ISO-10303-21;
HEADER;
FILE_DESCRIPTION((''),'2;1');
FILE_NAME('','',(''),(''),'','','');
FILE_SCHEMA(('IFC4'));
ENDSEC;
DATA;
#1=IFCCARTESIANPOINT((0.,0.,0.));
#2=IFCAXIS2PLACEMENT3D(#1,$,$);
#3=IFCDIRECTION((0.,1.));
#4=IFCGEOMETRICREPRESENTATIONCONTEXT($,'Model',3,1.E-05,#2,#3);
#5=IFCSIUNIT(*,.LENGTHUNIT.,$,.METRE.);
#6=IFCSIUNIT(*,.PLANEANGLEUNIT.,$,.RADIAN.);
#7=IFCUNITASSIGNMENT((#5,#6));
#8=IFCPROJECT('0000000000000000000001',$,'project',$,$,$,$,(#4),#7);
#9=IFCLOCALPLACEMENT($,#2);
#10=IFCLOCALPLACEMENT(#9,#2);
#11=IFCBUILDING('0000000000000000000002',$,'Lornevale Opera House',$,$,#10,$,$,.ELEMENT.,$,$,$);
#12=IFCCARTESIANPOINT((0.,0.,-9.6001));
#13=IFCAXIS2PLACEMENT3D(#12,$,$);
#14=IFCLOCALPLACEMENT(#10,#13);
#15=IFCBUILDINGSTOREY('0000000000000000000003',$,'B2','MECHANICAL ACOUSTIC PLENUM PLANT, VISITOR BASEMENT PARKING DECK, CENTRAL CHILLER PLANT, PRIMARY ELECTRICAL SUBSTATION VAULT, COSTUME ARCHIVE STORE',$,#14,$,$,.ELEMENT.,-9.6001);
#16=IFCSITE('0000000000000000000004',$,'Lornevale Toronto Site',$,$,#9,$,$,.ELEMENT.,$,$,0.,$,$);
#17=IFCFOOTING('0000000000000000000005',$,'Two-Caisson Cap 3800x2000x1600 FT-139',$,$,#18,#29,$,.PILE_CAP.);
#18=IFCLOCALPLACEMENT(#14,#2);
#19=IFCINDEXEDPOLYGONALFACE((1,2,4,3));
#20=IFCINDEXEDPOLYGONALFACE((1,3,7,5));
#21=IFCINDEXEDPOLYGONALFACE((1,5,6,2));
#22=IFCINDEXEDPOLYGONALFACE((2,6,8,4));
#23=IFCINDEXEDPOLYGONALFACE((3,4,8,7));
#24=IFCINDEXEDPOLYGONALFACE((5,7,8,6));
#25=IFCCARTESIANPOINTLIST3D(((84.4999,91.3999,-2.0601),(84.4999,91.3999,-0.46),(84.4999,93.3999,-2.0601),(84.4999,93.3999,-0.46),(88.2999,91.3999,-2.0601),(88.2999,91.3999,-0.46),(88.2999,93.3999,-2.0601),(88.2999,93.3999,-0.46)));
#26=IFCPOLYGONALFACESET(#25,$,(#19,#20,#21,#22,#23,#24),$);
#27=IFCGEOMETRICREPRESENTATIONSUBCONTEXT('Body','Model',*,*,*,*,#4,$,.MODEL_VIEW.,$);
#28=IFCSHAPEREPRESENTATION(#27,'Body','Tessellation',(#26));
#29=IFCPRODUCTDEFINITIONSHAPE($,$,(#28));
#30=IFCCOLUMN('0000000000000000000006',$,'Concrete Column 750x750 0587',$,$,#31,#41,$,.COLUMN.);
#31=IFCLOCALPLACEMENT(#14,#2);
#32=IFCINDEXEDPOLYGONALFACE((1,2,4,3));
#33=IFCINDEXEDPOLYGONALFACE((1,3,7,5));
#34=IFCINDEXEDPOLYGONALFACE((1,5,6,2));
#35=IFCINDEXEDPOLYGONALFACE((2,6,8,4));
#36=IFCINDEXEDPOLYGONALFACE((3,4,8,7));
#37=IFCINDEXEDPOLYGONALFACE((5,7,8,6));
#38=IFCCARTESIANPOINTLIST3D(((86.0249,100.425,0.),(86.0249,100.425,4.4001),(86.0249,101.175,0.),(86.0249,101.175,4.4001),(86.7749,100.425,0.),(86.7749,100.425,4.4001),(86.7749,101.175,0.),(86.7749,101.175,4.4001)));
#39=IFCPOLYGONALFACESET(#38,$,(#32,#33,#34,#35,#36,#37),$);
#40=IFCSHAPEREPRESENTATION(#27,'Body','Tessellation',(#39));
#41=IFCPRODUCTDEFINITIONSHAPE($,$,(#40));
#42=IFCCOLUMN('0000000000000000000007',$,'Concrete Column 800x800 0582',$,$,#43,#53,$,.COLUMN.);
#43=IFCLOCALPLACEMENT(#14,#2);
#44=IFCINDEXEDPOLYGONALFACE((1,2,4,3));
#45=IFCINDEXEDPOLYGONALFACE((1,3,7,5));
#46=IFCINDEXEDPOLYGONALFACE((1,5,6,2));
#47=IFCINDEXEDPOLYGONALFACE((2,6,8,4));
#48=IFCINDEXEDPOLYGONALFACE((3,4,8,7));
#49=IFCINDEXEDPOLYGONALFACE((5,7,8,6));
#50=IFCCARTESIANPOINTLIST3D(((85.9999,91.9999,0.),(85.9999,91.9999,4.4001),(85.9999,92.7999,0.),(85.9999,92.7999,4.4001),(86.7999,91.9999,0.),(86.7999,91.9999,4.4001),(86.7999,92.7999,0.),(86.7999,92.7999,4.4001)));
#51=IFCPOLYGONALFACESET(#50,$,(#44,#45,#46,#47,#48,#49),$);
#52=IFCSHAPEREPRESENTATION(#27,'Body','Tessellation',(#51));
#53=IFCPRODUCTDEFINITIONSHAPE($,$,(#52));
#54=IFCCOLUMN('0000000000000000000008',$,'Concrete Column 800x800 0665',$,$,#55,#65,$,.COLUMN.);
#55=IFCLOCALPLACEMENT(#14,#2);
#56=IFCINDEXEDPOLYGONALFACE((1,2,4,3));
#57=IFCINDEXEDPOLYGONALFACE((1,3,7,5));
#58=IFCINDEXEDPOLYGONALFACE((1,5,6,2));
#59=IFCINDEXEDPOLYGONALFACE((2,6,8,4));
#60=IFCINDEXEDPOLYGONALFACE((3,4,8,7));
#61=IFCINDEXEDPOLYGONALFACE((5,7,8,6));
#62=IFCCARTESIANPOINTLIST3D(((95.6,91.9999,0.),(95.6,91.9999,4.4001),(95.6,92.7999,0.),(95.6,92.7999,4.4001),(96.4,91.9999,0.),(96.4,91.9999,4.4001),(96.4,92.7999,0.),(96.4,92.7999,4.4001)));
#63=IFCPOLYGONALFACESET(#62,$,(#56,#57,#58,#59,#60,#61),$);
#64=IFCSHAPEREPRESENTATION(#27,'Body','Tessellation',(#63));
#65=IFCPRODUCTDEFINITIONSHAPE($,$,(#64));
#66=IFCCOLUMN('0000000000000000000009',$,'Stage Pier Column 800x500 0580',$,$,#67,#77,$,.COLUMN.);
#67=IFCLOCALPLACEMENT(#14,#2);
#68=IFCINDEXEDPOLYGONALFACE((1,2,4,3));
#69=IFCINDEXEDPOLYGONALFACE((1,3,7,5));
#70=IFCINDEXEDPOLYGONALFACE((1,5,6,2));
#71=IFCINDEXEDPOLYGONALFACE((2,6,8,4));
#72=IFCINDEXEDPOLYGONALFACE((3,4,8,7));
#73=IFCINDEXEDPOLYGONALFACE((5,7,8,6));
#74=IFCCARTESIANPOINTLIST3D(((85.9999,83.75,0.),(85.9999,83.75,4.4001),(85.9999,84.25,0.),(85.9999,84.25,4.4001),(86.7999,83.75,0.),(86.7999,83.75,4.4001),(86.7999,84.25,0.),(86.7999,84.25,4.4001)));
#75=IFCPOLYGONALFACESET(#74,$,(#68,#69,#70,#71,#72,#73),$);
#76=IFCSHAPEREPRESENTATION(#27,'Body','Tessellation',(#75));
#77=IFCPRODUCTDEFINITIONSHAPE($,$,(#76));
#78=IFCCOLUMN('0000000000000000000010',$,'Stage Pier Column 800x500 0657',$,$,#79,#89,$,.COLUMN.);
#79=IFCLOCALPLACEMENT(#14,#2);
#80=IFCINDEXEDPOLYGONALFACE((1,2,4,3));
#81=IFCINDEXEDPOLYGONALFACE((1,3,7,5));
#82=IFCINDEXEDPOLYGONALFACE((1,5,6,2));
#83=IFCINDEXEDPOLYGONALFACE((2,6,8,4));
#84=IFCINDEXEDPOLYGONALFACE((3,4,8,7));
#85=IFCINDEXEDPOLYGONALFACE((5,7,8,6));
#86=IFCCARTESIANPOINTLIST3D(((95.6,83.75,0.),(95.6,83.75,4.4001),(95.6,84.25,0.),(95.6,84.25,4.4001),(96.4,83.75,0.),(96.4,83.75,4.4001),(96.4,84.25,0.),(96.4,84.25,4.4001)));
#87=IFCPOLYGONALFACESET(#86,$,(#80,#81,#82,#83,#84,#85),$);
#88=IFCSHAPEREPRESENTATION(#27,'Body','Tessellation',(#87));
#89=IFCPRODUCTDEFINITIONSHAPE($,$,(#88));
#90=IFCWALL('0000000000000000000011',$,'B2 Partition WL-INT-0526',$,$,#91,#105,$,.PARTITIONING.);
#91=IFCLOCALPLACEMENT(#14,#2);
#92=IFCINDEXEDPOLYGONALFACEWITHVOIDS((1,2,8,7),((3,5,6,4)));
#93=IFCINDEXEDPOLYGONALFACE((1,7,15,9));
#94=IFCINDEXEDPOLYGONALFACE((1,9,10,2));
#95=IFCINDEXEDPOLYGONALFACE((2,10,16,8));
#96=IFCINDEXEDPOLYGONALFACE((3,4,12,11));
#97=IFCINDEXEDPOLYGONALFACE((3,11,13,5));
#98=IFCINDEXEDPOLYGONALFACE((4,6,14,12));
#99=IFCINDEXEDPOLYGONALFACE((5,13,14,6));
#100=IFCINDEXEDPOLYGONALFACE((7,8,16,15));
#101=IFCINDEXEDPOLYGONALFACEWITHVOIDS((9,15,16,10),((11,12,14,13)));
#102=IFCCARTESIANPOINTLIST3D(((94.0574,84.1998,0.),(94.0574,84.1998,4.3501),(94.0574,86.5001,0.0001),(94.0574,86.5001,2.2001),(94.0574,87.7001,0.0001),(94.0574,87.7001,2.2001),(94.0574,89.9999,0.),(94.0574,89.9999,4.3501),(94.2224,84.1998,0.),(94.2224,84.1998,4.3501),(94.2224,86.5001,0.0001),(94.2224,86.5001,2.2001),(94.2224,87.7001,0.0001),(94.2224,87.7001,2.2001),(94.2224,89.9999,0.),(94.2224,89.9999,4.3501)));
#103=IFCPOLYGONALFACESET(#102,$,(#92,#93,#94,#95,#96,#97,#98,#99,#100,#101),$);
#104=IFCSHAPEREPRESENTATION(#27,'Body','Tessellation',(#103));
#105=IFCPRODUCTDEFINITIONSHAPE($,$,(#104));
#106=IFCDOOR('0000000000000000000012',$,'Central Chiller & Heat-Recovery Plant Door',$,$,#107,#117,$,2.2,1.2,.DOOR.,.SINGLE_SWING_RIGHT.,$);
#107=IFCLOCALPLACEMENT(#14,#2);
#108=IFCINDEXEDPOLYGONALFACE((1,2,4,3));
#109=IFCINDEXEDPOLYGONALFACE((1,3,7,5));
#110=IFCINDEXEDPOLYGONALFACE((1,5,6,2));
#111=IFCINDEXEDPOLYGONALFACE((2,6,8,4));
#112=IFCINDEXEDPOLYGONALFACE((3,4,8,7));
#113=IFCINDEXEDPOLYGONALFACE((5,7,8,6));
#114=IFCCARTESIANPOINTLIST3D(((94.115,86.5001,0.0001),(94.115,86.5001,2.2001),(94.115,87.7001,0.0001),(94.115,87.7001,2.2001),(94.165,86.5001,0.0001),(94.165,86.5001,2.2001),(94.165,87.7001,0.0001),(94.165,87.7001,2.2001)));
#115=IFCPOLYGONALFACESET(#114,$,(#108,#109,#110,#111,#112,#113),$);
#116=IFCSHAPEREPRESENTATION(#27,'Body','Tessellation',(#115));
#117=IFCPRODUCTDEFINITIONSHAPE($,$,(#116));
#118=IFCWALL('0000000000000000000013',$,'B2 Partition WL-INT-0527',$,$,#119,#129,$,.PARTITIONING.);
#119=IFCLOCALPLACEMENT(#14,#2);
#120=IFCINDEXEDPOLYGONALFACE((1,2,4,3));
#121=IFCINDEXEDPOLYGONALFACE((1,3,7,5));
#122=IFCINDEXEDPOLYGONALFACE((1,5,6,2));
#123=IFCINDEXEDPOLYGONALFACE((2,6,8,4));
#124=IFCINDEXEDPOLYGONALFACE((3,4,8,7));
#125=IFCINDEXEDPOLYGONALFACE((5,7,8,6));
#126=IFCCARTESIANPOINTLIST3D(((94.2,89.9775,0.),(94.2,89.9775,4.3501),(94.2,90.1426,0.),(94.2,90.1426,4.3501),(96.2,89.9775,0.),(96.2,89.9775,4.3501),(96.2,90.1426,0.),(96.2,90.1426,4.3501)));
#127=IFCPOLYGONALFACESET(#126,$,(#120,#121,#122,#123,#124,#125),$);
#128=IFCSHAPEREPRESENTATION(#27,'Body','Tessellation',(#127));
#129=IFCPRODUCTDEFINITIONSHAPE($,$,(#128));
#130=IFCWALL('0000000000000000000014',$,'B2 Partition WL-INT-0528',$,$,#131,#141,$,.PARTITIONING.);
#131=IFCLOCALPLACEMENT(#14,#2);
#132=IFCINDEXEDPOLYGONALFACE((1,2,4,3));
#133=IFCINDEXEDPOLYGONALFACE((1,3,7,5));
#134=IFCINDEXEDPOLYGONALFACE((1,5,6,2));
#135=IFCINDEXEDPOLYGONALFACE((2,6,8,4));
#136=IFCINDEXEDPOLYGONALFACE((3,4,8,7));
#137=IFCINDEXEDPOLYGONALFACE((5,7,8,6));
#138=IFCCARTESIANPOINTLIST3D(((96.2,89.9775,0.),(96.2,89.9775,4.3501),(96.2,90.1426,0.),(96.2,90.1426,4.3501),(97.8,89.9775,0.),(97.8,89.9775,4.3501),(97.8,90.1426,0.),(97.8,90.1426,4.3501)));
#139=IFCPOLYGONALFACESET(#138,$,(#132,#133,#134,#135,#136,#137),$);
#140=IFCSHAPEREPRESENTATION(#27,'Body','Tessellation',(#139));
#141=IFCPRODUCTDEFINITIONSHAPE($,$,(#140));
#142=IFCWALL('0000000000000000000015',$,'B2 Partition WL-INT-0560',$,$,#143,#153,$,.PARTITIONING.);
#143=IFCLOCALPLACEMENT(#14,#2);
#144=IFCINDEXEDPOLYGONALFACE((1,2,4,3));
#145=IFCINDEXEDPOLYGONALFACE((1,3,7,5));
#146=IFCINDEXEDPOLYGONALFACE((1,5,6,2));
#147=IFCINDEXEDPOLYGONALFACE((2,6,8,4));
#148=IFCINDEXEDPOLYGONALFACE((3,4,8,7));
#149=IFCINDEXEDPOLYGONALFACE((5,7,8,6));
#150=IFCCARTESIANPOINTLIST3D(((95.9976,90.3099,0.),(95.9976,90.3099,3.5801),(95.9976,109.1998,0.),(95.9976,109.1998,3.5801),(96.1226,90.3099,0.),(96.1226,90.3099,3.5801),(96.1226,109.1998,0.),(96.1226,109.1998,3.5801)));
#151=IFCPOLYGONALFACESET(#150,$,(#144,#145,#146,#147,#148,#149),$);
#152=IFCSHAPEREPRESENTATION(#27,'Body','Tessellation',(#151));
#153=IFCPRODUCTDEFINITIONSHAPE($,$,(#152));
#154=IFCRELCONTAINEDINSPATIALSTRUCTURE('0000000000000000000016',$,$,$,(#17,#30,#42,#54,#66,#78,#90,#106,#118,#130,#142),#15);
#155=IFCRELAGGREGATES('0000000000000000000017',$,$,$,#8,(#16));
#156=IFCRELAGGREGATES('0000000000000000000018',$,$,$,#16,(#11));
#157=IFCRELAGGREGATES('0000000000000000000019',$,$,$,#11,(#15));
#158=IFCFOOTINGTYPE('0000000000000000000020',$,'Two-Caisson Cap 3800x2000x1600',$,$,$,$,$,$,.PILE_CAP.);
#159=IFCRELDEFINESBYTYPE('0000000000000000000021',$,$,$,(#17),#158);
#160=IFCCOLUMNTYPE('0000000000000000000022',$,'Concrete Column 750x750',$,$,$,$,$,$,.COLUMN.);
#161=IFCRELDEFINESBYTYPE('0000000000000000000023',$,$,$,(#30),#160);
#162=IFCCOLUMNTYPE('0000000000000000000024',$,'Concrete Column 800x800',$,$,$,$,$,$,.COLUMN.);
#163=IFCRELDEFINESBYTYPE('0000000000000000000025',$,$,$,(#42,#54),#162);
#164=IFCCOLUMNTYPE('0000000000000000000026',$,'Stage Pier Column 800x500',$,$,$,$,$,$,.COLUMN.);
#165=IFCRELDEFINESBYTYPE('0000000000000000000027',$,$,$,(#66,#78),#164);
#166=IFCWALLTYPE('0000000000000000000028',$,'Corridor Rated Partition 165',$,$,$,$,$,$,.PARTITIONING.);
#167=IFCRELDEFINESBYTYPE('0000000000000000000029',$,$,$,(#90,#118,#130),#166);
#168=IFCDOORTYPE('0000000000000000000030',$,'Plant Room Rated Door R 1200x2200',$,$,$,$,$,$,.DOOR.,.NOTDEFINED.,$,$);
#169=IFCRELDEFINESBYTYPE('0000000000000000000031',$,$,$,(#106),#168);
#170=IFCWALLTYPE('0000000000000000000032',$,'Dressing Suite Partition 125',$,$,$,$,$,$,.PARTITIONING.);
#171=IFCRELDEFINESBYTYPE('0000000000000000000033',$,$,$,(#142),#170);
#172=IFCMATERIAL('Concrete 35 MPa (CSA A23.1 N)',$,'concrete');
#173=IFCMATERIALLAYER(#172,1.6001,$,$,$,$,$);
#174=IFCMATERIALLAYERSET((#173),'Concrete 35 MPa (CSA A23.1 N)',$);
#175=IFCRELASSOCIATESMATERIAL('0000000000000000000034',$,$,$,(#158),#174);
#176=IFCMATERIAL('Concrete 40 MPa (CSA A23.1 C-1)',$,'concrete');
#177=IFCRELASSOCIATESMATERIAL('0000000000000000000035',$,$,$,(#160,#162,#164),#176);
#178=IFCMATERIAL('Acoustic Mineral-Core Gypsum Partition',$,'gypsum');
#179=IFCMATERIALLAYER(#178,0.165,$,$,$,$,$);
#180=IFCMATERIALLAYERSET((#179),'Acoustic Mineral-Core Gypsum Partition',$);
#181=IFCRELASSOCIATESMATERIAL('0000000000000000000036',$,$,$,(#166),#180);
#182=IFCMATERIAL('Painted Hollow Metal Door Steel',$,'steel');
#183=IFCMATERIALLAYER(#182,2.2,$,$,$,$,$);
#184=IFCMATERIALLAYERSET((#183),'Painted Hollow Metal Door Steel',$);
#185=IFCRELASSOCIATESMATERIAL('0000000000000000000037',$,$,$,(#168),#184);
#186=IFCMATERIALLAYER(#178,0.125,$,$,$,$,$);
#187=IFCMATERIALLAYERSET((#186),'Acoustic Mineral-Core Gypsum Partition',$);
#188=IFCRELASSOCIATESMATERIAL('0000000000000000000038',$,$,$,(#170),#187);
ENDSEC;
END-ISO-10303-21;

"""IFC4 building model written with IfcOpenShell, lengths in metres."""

from ifc_helpers import new_model, si_unit, direction, frame, frame_2d, origin, origin_2d, place, context, subcontext, project, spatial, rectangle, extrude, material, layer, layer_set, material_profile, profile_set, type_object, element, fill, save


model = new_model("IFC4")

# Units and contexts
model_context = context("Model", 3, precision=1e-05, world=origin(), true_north=direction((0.0, 1.0)))
body_context = subcontext(model_context, "Body", "Model", "MODEL_VIEW")
ifc_project = project(units=[si_unit("LENGTHUNIT", "METRE"), si_unit("PLANEANGLEUNIT", "RADIAN")], contexts=[model_context])

# Site, building, storey
site_placement = place(None, origin())
site = spatial("IfcSite", under=ifc_project, at=site_placement, Name="Lornevale Toronto Site", CompositionType="ELEMENT", RefElevation=0.0)
building_placement = place(site_placement, origin())
building = spatial("IfcBuilding", under=site, at=building_placement, Name="Lornevale Opera House", CompositionType="ELEMENT")
storey_placement = place(building_placement, frame((0.0, 0.0, -9.6001)))
storey = spatial("IfcBuildingStorey", under=building, at=storey_placement, Name="B2", Description="MECHANICAL ACOUSTIC PLENUM PLANT, VISITOR BASEMENT PARKING DECK, CENTRAL CHILLER PLANT, PRIMARY ELECTRICAL SUBSTATION VAULT, COSTUME ARCHIVE STORE", CompositionType="ELEMENT", Elevation=-9.6001)

# Shared definitions
ifc_material_1 = material(Name="Concrete 35 MPa (CSA A23.1 N)", Category="concrete")

# Shared definitions
ifc_material_2 = material(Name="Concrete 40 MPa (CSA A23.1 C-1)", Category="concrete")

# Footing
ifc_layer_1 = layer(ifc_material_1, 1.6001)
ifc_layer_set_1 = layer_set([ifc_layer_1], Name="Concrete 35 MPa (CSA A23.1 N)")
footing_type_1 = type_object("IfcFootingType", Name="Two-Caisson Cap 3800x2000x1600", PredefinedType="PILE_CAP", material=ifc_layer_set_1)
footing_1_placement = place(storey_placement, frame((86.3999, 92.3999, -2.0601), z_axis=(0.0, 0.0, 1.0), x_axis=(1.0, 0.0, 0.0)))
element("IfcFooting", 1, at=footing_1_placement, inside=storey, type_object=footing_type_1, Name="Two-Caisson Cap 3800x2000x1600 FT-139", PredefinedType="PILE_CAP", context=body_context, shape_type="SweptSolid", body=[
    extrude(rectangle(XDim=3.8, YDim=2.0, at=origin_2d()), origin(), (0.0, 0.0, 1.0), 1.6001),
])

# Columns
ifc_material_profile_1 = material_profile(ifc_material_2, rectangle(XDim=0.75, YDim=0.75, at=origin_2d()), Name="RC750x750")
ifc_profile_set_1 = profile_set([ifc_material_profile_1], Name="Concrete 40 MPa (CSA A23.1 C-1)")
column_type_1 = type_object("IfcColumnType", Name="Concrete Column 750x750", PredefinedType="COLUMN", material=ifc_profile_set_1)
column_placement = place(storey_placement, frame((86.3999, 100.8, 0.0), z_axis=(0.0, 0.0, 1.0), x_axis=(1.0, 0.0, 0.0)))
element("IfcColumn", 2, at=column_placement, inside=storey, type_object=column_type_1, Name="Concrete Column 750x750 0587", PredefinedType="COLUMN", context=body_context, shape_type="SweptSolid", body=[
    extrude(rectangle(XDim=0.75, YDim=0.75, at=origin_2d()), origin(), (0.0, 0.0, 1.0), 4.4001),
])
ifc_material_profile_2 = material_profile(ifc_material_2, rectangle(XDim=0.8, YDim=0.8, at=origin_2d()), Name="RC800x800")
ifc_profile_set_2 = profile_set([ifc_material_profile_2], Name="Concrete 40 MPa (CSA A23.1 C-1)")
column_type_2 = type_object("IfcColumnType", Name="Concrete Column 800x800", PredefinedType="COLUMN", material=ifc_profile_set_2)
for number, where, z_axis, x_axis, name in (
    (3, (86.3999, 92.3999, 0.0), (0.0, 0.0, 1.0), (1.0, 0.0, 0.0), "Concrete Column 800x800 0582"),
    (4, (96.0, 92.3999, 0.0), (0.0, 0.0, 1.0), (1.0, 0.0, 0.0), "Concrete Column 800x800 0665"),
):
    element("IfcColumn", number, at=place(storey_placement, frame(where, z_axis=z_axis, x_axis=x_axis)), inside=storey, type_object=column_type_2, Name=name, PredefinedType="COLUMN", context=body_context, shape_type="SweptSolid", body=[
        extrude(rectangle(XDim=0.8, YDim=0.8, at=origin_2d()), origin(), (0.0, 0.0, 1.0), 4.4001),
    ])
ifc_material_profile_3 = material_profile(ifc_material_2, rectangle(XDim=0.8, YDim=0.5, at=origin_2d()), Name="RC800x500")
ifc_profile_set_3 = profile_set([ifc_material_profile_3], Name="Concrete 40 MPa (CSA A23.1 C-1)")
column_type_3 = type_object("IfcColumnType", Name="Stage Pier Column 800x500", PredefinedType="COLUMN", material=ifc_profile_set_3)
for number, where, z_axis, x_axis, name in (
    (5, (86.3999, 84.0, 0.0), (0.0, 0.0, 1.0), (1.0, 0.0, 0.0), "Stage Pier Column 800x500 0580"),
    (6, (96.0, 84.0, 0.0), (0.0, 0.0, 1.0), (1.0, 0.0, 0.0), "Stage Pier Column 800x500 0657"),
):
    element("IfcColumn", number, at=place(storey_placement, frame(where, z_axis=z_axis, x_axis=x_axis)), inside=storey, type_object=column_type_3, Name=name, PredefinedType="COLUMN", context=body_context, shape_type="SweptSolid", body=[
        extrude(rectangle(XDim=0.8, YDim=0.5, at=origin_2d()), origin(), (0.0, 0.0, 1.0), 4.4001),
    ])

# Wall, opening, door
ifc_material_3 = material(Name="Acoustic Mineral-Core Gypsum Partition", Category="gypsum")
ifc_layer_2 = layer(ifc_material_3, 0.165)
ifc_layer_set_2 = layer_set([ifc_layer_2], Name="Acoustic Mineral-Core Gypsum Partition")
wall_type_1 = type_object("IfcWallType", Name="Corridor Rated Partition 165", PredefinedType="PARTITIONING", material=ifc_layer_set_2)
wall_1_placement = place(storey_placement, frame((94.1399, 84.2, 0.0), z_axis=(0.0, 0.0, 1.0), x_axis=(0.0, 1.0, 0.0)))
wall_1 = element("IfcWall", 7, at=wall_1_placement, inside=storey, type_object=wall_type_1, Name="B2 Partition WL-INT-0526", PredefinedType="PARTITIONING", context=body_context, shape_type="SweptSolid", body=[
    extrude(rectangle(XDim=5.8, YDim=0.165, at=frame_2d((2.8999, 0.0))), origin(), (0.0, 0.0, 1.0), 4.3501),
])
opening_placement = place(wall_1_placement, frame((2.3, 0.0, 0.0)))
opening = element("IfcOpeningElement", 8, at=opening_placement, cuts=wall_1, PredefinedType="OPENING", context=body_context, shape_type="SweptSolid", body=[
    extrude(rectangle(XDim=1.2, YDim=2.2, at=frame_2d((0.6001, 1.1001))), frame((0.0, 0.0925, 0.0), z_axis=(0.0, -1.0, 0.0), x_axis=(1.0, 0.0, 0.0)), (0.0, 0.0, 1.0), 0.1851),
])
ifc_material_4 = material(Name="Painted Hollow Metal Door Steel", Category="steel")
ifc_layer_3 = layer(ifc_material_4, 2.2)
ifc_layer_set_3 = layer_set([ifc_layer_3], Name="Painted Hollow Metal Door Steel")
door_type = type_object("IfcDoorType", Name="Plant Room Rated Door R 1200x2200", OperationType="NOTDEFINED", PredefinedType="DOOR", material=ifc_layer_set_3)
door_placement = place(opening_placement, origin())
door = element("IfcDoor", 9, at=door_placement, inside=storey, type_object=door_type, Name="Central Chiller & Heat-Recovery Plant Door", OperationType="SINGLE_SWING_RIGHT", OverallHeight=2.2, OverallWidth=1.2, PredefinedType="DOOR", context=body_context, shape_type="SweptSolid", body=[
    extrude(rectangle(XDim=1.2, YDim=2.2, at=frame_2d((0.6001, 1.1001))), frame((0.0, 0.0249, 0.0), z_axis=(0.0, -1.0, 0.0), x_axis=(1.0, 0.0, 0.0)), (0.0, 0.0, 1.0), 0.05),
])
fill(opening, door)

# Walls
wall_2_placement = place(storey_placement, frame((94.2, 90.0601, 0.0), z_axis=(0.0, 0.0, 1.0), x_axis=(1.0, 0.0, 0.0)))
element("IfcWall", 10, at=wall_2_placement, inside=storey, type_object=wall_type_1, Name="B2 Partition WL-INT-0527", PredefinedType="PARTITIONING", context=body_context, shape_type="SweptSolid", body=[
    extrude(rectangle(XDim=2.0, YDim=0.165, at=frame_2d((1.0, 0.0))), origin(), (0.0, 0.0, 1.0), 4.3501),
])
wall_3_placement = place(storey_placement, frame((96.2, 90.0601, 0.0), z_axis=(0.0, 0.0, 1.0), x_axis=(1.0, 0.0, 0.0)))
element("IfcWall", 11, at=wall_3_placement, inside=storey, type_object=wall_type_1, Name="B2 Partition WL-INT-0528", PredefinedType="PARTITIONING", context=body_context, shape_type="SweptSolid", body=[
    extrude(rectangle(XDim=1.6001, YDim=0.165, at=frame_2d((0.8, 0.0))), origin(), (0.0, 0.0, 1.0), 4.3501),
])
ifc_layer_4 = layer(ifc_material_3, 0.125)
ifc_layer_set_4 = layer_set([ifc_layer_4], Name="Acoustic Mineral-Core Gypsum Partition")
wall_type_2 = type_object("IfcWallType", Name="Dressing Suite Partition 125", PredefinedType="PARTITIONING", material=ifc_layer_set_4)
wall_4_placement = place(storey_placement, frame((96.0601, 90.3101, 0.0), z_axis=(0.0, 0.0, 1.0), x_axis=(0.0, 1.0, 0.0)))
element("IfcWall", 12, at=wall_4_placement, inside=storey, type_object=wall_type_2, Name="B2 Partition WL-INT-0560", PredefinedType="PARTITIONING", context=body_context, shape_type="SweptSolid", body=[
    extrude(rectangle(XDim=18.8899, YDim=0.125, at=frame_2d((9.4448, 0.0))), origin(), (0.0, 0.0, 1.0), 3.5801),
])

save(model, "model.ifc")
